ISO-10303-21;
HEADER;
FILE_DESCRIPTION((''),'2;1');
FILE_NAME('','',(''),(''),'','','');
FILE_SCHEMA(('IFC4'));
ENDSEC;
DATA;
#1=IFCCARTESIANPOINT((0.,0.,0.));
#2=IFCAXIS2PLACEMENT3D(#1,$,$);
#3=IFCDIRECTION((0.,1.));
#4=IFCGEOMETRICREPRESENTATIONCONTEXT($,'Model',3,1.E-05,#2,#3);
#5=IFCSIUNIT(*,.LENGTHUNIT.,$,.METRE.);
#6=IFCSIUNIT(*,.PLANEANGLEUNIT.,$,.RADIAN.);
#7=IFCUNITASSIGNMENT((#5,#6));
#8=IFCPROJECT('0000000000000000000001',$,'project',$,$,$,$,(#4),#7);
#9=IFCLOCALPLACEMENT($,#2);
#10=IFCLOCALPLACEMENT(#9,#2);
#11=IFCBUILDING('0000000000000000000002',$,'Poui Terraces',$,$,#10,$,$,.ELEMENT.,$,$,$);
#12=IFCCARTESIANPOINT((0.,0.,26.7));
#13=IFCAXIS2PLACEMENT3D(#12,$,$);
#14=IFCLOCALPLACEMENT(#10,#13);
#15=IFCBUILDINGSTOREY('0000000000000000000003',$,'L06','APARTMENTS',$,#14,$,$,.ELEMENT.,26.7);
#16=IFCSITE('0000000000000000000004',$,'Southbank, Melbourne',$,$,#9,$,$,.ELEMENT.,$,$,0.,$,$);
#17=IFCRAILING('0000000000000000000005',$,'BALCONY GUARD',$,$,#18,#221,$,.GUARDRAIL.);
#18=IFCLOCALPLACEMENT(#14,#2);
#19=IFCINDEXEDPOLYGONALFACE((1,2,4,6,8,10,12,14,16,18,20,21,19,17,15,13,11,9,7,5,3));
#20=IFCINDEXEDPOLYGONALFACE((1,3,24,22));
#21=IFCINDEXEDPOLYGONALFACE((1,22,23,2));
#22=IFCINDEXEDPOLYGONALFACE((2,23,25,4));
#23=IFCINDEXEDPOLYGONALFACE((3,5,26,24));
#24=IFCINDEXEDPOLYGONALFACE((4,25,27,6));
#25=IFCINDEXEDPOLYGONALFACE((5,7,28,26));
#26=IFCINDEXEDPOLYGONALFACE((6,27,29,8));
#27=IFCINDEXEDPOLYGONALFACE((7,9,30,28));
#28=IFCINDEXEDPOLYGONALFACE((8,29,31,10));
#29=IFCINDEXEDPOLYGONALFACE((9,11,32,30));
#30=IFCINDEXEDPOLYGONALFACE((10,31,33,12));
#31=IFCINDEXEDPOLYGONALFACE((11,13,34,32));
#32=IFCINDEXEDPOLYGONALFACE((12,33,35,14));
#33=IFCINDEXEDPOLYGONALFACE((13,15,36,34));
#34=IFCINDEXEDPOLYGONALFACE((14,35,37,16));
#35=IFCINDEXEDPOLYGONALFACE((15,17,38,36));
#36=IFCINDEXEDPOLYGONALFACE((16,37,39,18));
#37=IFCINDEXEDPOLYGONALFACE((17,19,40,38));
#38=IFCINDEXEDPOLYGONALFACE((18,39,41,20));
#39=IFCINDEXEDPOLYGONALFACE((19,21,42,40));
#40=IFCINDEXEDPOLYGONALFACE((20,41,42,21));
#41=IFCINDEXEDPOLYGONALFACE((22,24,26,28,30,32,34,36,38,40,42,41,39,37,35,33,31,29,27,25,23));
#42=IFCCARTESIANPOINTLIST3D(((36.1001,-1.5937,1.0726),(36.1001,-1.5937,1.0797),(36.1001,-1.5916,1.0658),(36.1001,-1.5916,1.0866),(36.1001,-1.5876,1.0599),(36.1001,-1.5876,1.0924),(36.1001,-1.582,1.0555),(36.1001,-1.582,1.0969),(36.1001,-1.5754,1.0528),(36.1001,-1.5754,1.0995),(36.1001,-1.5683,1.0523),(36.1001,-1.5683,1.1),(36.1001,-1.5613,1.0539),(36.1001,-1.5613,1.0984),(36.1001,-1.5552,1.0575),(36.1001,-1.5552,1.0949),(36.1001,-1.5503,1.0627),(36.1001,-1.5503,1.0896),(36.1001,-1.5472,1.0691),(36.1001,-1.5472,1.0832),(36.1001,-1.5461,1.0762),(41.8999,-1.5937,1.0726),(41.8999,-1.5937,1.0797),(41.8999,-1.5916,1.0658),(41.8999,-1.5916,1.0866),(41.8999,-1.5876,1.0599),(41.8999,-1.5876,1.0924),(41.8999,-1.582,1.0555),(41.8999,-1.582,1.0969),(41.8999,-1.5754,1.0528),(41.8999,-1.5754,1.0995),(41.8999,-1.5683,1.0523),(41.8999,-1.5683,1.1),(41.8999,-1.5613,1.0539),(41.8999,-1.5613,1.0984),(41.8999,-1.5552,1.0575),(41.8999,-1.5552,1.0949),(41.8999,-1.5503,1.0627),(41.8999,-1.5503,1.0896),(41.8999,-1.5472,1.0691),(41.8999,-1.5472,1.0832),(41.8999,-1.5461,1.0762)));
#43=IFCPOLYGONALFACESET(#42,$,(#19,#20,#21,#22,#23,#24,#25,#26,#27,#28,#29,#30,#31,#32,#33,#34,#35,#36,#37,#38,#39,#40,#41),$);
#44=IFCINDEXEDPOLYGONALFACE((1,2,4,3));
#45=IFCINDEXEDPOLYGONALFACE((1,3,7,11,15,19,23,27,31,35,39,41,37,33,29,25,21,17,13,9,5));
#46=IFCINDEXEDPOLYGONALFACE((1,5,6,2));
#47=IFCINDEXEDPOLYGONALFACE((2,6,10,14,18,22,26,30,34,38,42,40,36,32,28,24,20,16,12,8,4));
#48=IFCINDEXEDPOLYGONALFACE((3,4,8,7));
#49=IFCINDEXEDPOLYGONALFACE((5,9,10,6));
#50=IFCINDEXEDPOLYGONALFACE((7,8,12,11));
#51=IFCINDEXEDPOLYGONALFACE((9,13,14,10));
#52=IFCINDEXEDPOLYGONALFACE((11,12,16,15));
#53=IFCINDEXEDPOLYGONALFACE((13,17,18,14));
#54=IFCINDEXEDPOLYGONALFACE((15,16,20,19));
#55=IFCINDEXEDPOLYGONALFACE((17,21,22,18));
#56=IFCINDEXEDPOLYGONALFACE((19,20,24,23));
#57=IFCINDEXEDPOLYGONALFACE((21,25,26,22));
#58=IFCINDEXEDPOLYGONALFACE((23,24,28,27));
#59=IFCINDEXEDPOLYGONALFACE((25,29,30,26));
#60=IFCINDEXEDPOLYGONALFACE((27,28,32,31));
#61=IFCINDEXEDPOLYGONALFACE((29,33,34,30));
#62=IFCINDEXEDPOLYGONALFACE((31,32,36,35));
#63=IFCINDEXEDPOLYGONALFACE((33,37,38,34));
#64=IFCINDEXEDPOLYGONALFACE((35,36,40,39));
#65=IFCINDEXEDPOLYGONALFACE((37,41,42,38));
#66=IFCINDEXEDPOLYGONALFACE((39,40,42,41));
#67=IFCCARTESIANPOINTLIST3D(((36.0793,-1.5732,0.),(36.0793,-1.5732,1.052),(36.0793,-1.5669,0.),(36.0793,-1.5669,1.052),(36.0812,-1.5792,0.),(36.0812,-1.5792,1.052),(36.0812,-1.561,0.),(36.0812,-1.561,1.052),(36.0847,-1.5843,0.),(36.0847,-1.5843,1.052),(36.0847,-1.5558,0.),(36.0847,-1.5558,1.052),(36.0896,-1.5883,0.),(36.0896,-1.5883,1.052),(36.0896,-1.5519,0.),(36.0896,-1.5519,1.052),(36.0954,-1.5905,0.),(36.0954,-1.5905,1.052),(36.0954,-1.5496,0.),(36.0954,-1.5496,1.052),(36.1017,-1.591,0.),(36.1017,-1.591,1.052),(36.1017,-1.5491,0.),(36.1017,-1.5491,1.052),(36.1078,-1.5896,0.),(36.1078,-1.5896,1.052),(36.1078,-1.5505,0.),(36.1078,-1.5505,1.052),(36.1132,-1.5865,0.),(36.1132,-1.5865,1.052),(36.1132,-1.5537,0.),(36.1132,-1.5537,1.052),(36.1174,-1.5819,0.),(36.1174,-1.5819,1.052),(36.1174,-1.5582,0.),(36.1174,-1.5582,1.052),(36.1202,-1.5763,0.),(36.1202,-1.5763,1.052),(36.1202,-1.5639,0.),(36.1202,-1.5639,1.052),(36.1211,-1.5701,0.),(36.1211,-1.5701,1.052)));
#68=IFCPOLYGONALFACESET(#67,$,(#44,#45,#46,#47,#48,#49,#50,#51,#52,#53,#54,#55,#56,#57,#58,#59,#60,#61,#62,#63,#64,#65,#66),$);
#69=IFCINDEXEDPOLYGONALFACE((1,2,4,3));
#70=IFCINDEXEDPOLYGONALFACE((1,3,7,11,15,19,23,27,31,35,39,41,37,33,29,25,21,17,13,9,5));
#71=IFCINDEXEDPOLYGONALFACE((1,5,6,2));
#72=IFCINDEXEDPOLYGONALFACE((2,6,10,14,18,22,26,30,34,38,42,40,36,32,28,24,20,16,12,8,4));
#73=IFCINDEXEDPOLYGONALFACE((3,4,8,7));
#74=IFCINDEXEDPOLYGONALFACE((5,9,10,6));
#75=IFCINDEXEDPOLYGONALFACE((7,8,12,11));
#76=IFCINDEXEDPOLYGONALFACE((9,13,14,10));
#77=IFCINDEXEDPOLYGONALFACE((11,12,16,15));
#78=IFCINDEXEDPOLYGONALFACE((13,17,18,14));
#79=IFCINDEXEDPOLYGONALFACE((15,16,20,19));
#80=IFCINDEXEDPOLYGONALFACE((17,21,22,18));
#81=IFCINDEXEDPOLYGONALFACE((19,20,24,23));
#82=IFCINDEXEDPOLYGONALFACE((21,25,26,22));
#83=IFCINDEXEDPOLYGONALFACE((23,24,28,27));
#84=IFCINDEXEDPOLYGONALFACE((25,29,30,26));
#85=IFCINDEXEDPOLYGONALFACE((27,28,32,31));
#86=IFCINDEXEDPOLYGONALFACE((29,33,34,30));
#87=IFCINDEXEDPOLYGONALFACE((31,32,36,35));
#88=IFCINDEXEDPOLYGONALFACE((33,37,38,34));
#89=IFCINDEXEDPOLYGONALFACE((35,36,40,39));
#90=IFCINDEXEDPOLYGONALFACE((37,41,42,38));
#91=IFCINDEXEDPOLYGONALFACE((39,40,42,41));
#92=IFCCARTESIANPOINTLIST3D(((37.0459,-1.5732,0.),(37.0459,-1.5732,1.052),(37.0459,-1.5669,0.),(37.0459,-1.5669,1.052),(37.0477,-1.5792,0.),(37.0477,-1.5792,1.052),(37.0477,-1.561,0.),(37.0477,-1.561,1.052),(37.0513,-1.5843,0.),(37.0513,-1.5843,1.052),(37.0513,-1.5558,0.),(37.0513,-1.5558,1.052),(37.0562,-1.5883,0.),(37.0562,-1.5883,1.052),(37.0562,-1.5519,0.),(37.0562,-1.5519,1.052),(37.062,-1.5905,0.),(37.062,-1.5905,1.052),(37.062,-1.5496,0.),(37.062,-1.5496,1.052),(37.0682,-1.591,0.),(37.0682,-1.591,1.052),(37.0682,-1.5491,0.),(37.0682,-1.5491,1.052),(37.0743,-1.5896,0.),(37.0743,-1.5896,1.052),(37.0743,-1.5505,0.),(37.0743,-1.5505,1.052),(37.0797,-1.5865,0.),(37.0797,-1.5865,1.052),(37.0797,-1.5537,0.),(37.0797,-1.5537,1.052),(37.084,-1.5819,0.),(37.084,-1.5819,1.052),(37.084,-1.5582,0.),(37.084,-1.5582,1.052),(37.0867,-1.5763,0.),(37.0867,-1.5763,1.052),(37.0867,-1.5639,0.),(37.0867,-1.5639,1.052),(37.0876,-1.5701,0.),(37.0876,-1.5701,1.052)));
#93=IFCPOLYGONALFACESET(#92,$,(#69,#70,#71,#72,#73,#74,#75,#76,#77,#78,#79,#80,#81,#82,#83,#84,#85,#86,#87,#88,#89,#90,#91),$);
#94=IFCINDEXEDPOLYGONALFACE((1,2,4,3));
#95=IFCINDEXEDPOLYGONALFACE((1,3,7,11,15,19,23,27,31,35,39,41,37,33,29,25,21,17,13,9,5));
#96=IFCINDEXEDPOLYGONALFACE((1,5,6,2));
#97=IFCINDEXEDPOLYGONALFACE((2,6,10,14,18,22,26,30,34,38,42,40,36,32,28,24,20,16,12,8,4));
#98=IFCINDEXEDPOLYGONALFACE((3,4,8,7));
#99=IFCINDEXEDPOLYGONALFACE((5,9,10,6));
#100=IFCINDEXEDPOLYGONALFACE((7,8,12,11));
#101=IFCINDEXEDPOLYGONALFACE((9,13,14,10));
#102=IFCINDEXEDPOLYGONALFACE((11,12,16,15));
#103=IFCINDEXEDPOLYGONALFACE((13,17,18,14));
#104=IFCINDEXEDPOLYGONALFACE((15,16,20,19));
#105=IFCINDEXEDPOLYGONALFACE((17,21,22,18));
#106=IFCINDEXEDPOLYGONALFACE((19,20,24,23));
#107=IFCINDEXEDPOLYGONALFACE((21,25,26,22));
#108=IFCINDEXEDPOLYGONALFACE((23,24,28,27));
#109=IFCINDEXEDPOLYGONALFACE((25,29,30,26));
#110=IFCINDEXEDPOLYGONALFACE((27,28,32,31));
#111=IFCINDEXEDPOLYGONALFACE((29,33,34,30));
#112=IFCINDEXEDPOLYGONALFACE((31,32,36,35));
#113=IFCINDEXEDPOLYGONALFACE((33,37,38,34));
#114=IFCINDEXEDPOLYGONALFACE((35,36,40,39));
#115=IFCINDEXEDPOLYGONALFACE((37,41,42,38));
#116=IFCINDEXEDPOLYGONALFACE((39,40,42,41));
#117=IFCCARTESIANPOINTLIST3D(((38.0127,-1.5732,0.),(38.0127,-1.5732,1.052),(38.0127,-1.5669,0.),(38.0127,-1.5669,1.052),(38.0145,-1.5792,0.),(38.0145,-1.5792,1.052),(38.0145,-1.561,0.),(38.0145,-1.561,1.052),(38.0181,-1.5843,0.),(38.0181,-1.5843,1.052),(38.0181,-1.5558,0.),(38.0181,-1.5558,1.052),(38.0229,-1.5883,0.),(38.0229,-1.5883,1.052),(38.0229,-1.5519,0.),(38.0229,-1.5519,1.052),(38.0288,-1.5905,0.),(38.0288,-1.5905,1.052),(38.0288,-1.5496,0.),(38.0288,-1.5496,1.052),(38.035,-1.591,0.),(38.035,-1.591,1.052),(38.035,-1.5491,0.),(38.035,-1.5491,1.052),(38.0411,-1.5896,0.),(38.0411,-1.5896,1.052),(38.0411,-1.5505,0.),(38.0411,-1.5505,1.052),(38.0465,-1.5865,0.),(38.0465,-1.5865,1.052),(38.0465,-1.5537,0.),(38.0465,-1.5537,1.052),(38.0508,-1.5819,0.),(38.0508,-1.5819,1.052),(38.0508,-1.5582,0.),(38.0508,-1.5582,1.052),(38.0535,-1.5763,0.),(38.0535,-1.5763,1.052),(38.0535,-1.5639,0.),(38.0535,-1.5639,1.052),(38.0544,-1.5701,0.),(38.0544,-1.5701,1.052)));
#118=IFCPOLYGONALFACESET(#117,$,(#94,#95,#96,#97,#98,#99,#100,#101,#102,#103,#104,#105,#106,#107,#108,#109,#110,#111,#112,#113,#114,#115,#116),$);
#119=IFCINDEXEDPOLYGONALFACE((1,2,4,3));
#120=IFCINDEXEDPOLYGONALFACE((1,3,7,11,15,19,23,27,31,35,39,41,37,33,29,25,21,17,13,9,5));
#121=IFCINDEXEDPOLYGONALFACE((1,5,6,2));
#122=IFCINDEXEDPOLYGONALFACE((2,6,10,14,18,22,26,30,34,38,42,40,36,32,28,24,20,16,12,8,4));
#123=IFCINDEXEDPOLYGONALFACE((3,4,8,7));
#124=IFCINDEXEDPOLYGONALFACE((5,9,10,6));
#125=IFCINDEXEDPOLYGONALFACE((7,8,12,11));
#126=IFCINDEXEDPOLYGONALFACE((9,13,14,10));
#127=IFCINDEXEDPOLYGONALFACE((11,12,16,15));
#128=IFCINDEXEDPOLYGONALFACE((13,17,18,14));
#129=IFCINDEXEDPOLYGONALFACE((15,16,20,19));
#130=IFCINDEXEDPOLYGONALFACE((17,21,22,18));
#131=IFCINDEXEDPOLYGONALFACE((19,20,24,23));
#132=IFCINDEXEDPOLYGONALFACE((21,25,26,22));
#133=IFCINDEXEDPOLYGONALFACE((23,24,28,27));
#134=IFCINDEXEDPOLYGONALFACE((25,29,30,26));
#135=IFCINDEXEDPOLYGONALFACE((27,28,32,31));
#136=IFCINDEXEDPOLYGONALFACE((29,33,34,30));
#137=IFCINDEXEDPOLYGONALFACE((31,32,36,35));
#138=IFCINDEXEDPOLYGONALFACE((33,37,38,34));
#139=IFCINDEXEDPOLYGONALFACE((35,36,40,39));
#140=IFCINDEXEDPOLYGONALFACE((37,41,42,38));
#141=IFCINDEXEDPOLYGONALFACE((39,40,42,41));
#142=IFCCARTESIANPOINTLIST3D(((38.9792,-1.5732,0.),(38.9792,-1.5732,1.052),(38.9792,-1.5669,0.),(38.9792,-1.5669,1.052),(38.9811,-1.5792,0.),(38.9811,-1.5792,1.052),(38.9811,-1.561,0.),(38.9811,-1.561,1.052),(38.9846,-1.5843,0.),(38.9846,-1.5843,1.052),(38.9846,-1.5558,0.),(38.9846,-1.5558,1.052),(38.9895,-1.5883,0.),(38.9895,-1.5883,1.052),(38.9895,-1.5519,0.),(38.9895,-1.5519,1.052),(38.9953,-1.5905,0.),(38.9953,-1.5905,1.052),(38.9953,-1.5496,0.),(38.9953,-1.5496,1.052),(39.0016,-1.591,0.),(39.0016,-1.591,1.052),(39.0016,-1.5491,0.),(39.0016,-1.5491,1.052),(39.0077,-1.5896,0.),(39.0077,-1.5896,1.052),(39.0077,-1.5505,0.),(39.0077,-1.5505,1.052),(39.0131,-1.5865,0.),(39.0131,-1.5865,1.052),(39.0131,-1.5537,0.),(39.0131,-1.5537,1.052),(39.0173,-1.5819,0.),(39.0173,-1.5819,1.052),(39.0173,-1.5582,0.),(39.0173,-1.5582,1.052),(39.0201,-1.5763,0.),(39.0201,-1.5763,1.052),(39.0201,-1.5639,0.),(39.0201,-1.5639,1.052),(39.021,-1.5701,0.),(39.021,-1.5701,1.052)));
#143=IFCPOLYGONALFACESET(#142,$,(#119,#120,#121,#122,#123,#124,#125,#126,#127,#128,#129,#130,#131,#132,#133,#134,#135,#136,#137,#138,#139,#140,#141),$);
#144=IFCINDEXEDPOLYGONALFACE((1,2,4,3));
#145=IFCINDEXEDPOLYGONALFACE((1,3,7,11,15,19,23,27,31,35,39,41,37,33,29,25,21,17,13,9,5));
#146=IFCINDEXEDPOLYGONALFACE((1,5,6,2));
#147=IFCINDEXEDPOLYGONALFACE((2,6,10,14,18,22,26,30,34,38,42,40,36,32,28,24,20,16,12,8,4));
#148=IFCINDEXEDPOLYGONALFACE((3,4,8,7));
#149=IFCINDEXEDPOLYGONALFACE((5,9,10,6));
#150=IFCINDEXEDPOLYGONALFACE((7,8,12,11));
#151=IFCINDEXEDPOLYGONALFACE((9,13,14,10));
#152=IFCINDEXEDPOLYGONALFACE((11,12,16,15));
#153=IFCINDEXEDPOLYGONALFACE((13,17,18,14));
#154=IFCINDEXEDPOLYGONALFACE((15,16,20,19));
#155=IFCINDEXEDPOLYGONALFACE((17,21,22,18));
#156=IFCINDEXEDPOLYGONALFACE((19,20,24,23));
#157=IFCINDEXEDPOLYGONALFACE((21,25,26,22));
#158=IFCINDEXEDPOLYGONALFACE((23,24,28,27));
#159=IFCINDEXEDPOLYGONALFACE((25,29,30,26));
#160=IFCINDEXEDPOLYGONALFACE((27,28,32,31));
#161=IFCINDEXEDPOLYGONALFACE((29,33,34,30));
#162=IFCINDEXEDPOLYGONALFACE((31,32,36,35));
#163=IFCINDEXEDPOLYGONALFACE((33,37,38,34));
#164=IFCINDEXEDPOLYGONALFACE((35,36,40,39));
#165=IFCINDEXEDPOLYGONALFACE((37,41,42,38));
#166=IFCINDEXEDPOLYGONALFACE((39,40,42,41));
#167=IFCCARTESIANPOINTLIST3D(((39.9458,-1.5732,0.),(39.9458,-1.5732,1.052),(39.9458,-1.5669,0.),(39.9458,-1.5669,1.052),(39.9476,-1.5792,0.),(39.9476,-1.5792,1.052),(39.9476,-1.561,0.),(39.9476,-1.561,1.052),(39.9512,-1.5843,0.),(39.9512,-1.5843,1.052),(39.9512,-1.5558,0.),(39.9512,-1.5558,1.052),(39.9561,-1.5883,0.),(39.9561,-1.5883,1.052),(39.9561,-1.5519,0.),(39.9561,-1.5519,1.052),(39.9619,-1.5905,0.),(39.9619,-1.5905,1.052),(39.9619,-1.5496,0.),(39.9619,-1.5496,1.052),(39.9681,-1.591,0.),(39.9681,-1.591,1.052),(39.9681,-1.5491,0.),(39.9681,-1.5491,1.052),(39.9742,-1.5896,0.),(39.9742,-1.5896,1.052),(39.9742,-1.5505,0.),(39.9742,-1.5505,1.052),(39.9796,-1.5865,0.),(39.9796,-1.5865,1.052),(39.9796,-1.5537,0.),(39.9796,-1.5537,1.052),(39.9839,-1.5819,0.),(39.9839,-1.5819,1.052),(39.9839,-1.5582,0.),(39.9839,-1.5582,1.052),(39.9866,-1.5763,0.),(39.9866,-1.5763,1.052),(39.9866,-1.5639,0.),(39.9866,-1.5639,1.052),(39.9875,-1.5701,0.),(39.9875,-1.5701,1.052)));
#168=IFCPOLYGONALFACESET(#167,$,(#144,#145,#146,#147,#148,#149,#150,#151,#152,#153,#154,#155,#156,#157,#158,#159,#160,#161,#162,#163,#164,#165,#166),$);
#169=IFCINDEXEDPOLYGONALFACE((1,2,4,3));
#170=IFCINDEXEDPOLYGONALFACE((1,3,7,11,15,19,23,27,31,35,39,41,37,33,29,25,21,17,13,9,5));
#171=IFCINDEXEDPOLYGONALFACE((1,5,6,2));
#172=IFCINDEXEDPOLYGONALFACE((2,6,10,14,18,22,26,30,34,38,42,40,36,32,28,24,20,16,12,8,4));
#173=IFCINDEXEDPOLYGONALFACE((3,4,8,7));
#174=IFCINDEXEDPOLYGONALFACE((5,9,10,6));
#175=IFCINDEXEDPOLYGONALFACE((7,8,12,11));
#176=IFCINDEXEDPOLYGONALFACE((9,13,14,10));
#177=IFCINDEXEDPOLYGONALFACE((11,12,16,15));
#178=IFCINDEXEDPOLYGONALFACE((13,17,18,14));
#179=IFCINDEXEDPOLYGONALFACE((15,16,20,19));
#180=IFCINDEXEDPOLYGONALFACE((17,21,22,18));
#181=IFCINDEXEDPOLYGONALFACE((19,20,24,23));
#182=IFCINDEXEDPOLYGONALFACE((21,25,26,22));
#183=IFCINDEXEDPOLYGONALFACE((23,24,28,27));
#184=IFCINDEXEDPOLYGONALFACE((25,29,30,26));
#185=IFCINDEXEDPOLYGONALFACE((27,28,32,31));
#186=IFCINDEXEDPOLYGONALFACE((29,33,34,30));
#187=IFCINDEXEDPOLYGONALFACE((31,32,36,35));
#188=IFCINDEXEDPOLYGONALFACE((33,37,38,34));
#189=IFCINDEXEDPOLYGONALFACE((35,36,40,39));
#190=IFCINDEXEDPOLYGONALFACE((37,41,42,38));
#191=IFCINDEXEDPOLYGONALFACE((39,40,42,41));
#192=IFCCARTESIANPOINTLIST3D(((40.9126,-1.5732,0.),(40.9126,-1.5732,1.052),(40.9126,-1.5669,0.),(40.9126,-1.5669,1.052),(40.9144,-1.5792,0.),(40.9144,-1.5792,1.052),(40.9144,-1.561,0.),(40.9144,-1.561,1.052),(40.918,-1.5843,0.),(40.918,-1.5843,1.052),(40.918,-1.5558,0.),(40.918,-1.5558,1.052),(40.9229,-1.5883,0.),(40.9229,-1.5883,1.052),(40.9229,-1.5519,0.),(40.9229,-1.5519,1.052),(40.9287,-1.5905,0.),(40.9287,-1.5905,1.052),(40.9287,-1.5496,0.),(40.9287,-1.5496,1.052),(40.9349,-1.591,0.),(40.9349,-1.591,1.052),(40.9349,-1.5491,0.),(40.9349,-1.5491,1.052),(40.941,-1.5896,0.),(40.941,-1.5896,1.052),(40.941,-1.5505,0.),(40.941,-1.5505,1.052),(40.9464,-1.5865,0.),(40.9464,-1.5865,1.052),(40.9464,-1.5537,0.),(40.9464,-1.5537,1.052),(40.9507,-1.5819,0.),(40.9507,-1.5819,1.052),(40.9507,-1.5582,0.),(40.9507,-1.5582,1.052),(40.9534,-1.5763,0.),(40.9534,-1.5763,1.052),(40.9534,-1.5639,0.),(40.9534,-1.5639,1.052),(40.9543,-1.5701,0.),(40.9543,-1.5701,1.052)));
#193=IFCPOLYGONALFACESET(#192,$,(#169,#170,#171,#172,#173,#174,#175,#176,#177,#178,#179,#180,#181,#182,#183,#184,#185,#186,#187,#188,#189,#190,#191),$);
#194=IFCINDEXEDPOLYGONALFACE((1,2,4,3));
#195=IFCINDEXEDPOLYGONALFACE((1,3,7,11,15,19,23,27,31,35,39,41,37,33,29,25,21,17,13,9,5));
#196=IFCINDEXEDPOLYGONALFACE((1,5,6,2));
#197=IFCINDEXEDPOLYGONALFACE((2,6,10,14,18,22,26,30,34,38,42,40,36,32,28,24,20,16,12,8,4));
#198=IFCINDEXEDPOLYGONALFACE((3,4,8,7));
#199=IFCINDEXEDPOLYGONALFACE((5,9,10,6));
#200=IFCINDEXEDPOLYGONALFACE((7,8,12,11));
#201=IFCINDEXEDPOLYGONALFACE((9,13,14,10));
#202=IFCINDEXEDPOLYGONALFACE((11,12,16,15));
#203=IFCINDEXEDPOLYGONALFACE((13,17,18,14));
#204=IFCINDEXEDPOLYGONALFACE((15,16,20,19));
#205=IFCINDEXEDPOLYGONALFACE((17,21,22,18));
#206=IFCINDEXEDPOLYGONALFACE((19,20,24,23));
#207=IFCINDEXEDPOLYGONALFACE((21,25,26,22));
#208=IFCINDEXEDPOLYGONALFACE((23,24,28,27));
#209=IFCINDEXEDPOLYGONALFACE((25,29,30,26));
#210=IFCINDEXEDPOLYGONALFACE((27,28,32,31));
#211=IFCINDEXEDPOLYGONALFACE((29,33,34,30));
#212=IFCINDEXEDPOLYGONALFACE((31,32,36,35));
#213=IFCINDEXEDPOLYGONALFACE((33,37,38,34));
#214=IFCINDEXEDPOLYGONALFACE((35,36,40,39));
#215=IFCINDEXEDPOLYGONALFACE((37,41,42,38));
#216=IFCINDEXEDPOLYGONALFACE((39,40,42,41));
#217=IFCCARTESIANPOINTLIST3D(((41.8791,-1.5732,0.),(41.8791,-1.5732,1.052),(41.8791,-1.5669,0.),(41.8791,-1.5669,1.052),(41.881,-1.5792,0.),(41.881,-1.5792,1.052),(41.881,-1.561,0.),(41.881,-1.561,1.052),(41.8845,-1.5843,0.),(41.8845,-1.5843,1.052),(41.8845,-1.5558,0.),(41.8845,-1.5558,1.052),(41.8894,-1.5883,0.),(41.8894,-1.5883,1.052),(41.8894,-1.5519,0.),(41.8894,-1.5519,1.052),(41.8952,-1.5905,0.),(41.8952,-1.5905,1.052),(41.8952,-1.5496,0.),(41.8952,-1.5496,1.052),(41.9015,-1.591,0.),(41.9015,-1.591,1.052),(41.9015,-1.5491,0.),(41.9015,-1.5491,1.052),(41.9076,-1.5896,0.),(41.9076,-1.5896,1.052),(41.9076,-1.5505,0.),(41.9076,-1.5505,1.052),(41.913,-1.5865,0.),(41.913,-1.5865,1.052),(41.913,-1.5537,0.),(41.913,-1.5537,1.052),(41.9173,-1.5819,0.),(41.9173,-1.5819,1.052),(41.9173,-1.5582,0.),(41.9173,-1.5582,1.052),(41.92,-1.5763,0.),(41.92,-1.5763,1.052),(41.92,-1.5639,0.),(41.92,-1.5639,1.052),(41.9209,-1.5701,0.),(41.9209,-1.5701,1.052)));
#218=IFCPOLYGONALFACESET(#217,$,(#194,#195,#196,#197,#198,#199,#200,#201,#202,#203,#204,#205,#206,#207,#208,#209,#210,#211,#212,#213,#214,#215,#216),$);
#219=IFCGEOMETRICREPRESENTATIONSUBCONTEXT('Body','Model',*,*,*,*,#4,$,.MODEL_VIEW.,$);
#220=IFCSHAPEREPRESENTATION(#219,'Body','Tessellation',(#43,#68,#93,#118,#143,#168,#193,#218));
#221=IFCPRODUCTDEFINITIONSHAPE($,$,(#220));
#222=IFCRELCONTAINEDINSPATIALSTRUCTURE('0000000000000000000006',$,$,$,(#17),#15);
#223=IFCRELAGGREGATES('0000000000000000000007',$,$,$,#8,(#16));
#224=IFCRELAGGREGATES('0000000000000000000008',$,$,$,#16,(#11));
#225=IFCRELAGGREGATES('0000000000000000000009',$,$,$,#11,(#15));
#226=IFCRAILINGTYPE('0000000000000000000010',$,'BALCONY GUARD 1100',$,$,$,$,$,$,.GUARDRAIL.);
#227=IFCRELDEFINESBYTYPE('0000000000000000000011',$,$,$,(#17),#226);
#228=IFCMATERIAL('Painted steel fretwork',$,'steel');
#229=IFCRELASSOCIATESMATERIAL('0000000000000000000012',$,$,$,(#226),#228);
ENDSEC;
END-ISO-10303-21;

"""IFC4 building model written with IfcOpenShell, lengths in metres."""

from ifc_helpers import new_model, si_unit, direction, frame, origin, origin_2d, place, context, subcontext, project, spatial, circle, extrude, material, type_object, element, save


model = new_model("IFC4")

# Units and contexts
model_context = context("Model", 3, precision=1e-05, world=origin(), true_north=direction((0.0, 1.0)))
body_context = subcontext(model_context, "Body", "Model", "MODEL_VIEW")
ifc_project = project(units=[si_unit("LENGTHUNIT", "METRE"), si_unit("PLANEANGLEUNIT", "RADIAN")], contexts=[model_context])

# Site, building, storey
site_placement = place(None, origin())
site = spatial("IfcSite", under=ifc_project, at=site_placement, Name="Southbank, Melbourne", CompositionType="ELEMENT", RefElevation=0.0)
building_placement = place(site_placement, origin())
building = spatial("IfcBuilding", under=site, at=building_placement, Name="Poui Terraces", CompositionType="ELEMENT")
storey_placement = place(building_placement, frame((0.0, 0.0, 26.7)))
storey = spatial("IfcBuildingStorey", under=building, at=storey_placement, Name="L06", Description="APARTMENTS", CompositionType="ELEMENT", Elevation=26.7)

# Railing
ifc_material_1 = material(Name="Painted steel fretwork", Category="steel")
railing_type = type_object("IfcRailingType", Name="BALCONY GUARD 1100", PredefinedType="GUARDRAIL", material=ifc_material_1)
railing_placement = place(storey_placement, frame((36.1001, -1.5701, 0.0)))
element("IfcRailing", 1, at=railing_placement, inside=storey, type_object=railing_type, Name="BALCONY GUARD", PredefinedType="GUARDRAIL", context=body_context, shape_type="SweptSolid", body=[
    extrude(circle(Radius=0.0239, at=origin_2d()), frame((0.0, 0.0, 1.0762), z_axis=(1.0, 0.0, 0.0), x_axis=(0.0, 1.0, 0.0)), (0.0, 0.0, 1.0), 5.7998),
    extrude(circle(Radius=0.021, at=origin_2d()), origin(), (0.0, 0.0, 1.0), 1.052),
    extrude(circle(Radius=0.021, at=origin_2d()), frame((0.9666, 0.0, 0.0)), (0.0, 0.0, 1.0), 1.052),
    extrude(circle(Radius=0.021, at=origin_2d()), frame((1.9333, 0.0, 0.0)), (0.0, 0.0, 1.0), 1.052),
    extrude(circle(Radius=0.021, at=origin_2d()), frame((2.8999, 0.0, 0.0)), (0.0, 0.0, 1.0), 1.052),
    extrude(circle(Radius=0.021, at=origin_2d()), frame((3.8665, 0.0, 0.0)), (0.0, 0.0, 1.0), 1.052),
    extrude(circle(Radius=0.021, at=origin_2d()), frame((4.8333, 0.0, 0.0)), (0.0, 0.0, 1.0), 1.052),
    extrude(circle(Radius=0.021, at=origin_2d()), frame((5.7998, 0.0, 0.0)), (0.0, 0.0, 1.0), 1.052),
])

save(model, "model.ifc")
